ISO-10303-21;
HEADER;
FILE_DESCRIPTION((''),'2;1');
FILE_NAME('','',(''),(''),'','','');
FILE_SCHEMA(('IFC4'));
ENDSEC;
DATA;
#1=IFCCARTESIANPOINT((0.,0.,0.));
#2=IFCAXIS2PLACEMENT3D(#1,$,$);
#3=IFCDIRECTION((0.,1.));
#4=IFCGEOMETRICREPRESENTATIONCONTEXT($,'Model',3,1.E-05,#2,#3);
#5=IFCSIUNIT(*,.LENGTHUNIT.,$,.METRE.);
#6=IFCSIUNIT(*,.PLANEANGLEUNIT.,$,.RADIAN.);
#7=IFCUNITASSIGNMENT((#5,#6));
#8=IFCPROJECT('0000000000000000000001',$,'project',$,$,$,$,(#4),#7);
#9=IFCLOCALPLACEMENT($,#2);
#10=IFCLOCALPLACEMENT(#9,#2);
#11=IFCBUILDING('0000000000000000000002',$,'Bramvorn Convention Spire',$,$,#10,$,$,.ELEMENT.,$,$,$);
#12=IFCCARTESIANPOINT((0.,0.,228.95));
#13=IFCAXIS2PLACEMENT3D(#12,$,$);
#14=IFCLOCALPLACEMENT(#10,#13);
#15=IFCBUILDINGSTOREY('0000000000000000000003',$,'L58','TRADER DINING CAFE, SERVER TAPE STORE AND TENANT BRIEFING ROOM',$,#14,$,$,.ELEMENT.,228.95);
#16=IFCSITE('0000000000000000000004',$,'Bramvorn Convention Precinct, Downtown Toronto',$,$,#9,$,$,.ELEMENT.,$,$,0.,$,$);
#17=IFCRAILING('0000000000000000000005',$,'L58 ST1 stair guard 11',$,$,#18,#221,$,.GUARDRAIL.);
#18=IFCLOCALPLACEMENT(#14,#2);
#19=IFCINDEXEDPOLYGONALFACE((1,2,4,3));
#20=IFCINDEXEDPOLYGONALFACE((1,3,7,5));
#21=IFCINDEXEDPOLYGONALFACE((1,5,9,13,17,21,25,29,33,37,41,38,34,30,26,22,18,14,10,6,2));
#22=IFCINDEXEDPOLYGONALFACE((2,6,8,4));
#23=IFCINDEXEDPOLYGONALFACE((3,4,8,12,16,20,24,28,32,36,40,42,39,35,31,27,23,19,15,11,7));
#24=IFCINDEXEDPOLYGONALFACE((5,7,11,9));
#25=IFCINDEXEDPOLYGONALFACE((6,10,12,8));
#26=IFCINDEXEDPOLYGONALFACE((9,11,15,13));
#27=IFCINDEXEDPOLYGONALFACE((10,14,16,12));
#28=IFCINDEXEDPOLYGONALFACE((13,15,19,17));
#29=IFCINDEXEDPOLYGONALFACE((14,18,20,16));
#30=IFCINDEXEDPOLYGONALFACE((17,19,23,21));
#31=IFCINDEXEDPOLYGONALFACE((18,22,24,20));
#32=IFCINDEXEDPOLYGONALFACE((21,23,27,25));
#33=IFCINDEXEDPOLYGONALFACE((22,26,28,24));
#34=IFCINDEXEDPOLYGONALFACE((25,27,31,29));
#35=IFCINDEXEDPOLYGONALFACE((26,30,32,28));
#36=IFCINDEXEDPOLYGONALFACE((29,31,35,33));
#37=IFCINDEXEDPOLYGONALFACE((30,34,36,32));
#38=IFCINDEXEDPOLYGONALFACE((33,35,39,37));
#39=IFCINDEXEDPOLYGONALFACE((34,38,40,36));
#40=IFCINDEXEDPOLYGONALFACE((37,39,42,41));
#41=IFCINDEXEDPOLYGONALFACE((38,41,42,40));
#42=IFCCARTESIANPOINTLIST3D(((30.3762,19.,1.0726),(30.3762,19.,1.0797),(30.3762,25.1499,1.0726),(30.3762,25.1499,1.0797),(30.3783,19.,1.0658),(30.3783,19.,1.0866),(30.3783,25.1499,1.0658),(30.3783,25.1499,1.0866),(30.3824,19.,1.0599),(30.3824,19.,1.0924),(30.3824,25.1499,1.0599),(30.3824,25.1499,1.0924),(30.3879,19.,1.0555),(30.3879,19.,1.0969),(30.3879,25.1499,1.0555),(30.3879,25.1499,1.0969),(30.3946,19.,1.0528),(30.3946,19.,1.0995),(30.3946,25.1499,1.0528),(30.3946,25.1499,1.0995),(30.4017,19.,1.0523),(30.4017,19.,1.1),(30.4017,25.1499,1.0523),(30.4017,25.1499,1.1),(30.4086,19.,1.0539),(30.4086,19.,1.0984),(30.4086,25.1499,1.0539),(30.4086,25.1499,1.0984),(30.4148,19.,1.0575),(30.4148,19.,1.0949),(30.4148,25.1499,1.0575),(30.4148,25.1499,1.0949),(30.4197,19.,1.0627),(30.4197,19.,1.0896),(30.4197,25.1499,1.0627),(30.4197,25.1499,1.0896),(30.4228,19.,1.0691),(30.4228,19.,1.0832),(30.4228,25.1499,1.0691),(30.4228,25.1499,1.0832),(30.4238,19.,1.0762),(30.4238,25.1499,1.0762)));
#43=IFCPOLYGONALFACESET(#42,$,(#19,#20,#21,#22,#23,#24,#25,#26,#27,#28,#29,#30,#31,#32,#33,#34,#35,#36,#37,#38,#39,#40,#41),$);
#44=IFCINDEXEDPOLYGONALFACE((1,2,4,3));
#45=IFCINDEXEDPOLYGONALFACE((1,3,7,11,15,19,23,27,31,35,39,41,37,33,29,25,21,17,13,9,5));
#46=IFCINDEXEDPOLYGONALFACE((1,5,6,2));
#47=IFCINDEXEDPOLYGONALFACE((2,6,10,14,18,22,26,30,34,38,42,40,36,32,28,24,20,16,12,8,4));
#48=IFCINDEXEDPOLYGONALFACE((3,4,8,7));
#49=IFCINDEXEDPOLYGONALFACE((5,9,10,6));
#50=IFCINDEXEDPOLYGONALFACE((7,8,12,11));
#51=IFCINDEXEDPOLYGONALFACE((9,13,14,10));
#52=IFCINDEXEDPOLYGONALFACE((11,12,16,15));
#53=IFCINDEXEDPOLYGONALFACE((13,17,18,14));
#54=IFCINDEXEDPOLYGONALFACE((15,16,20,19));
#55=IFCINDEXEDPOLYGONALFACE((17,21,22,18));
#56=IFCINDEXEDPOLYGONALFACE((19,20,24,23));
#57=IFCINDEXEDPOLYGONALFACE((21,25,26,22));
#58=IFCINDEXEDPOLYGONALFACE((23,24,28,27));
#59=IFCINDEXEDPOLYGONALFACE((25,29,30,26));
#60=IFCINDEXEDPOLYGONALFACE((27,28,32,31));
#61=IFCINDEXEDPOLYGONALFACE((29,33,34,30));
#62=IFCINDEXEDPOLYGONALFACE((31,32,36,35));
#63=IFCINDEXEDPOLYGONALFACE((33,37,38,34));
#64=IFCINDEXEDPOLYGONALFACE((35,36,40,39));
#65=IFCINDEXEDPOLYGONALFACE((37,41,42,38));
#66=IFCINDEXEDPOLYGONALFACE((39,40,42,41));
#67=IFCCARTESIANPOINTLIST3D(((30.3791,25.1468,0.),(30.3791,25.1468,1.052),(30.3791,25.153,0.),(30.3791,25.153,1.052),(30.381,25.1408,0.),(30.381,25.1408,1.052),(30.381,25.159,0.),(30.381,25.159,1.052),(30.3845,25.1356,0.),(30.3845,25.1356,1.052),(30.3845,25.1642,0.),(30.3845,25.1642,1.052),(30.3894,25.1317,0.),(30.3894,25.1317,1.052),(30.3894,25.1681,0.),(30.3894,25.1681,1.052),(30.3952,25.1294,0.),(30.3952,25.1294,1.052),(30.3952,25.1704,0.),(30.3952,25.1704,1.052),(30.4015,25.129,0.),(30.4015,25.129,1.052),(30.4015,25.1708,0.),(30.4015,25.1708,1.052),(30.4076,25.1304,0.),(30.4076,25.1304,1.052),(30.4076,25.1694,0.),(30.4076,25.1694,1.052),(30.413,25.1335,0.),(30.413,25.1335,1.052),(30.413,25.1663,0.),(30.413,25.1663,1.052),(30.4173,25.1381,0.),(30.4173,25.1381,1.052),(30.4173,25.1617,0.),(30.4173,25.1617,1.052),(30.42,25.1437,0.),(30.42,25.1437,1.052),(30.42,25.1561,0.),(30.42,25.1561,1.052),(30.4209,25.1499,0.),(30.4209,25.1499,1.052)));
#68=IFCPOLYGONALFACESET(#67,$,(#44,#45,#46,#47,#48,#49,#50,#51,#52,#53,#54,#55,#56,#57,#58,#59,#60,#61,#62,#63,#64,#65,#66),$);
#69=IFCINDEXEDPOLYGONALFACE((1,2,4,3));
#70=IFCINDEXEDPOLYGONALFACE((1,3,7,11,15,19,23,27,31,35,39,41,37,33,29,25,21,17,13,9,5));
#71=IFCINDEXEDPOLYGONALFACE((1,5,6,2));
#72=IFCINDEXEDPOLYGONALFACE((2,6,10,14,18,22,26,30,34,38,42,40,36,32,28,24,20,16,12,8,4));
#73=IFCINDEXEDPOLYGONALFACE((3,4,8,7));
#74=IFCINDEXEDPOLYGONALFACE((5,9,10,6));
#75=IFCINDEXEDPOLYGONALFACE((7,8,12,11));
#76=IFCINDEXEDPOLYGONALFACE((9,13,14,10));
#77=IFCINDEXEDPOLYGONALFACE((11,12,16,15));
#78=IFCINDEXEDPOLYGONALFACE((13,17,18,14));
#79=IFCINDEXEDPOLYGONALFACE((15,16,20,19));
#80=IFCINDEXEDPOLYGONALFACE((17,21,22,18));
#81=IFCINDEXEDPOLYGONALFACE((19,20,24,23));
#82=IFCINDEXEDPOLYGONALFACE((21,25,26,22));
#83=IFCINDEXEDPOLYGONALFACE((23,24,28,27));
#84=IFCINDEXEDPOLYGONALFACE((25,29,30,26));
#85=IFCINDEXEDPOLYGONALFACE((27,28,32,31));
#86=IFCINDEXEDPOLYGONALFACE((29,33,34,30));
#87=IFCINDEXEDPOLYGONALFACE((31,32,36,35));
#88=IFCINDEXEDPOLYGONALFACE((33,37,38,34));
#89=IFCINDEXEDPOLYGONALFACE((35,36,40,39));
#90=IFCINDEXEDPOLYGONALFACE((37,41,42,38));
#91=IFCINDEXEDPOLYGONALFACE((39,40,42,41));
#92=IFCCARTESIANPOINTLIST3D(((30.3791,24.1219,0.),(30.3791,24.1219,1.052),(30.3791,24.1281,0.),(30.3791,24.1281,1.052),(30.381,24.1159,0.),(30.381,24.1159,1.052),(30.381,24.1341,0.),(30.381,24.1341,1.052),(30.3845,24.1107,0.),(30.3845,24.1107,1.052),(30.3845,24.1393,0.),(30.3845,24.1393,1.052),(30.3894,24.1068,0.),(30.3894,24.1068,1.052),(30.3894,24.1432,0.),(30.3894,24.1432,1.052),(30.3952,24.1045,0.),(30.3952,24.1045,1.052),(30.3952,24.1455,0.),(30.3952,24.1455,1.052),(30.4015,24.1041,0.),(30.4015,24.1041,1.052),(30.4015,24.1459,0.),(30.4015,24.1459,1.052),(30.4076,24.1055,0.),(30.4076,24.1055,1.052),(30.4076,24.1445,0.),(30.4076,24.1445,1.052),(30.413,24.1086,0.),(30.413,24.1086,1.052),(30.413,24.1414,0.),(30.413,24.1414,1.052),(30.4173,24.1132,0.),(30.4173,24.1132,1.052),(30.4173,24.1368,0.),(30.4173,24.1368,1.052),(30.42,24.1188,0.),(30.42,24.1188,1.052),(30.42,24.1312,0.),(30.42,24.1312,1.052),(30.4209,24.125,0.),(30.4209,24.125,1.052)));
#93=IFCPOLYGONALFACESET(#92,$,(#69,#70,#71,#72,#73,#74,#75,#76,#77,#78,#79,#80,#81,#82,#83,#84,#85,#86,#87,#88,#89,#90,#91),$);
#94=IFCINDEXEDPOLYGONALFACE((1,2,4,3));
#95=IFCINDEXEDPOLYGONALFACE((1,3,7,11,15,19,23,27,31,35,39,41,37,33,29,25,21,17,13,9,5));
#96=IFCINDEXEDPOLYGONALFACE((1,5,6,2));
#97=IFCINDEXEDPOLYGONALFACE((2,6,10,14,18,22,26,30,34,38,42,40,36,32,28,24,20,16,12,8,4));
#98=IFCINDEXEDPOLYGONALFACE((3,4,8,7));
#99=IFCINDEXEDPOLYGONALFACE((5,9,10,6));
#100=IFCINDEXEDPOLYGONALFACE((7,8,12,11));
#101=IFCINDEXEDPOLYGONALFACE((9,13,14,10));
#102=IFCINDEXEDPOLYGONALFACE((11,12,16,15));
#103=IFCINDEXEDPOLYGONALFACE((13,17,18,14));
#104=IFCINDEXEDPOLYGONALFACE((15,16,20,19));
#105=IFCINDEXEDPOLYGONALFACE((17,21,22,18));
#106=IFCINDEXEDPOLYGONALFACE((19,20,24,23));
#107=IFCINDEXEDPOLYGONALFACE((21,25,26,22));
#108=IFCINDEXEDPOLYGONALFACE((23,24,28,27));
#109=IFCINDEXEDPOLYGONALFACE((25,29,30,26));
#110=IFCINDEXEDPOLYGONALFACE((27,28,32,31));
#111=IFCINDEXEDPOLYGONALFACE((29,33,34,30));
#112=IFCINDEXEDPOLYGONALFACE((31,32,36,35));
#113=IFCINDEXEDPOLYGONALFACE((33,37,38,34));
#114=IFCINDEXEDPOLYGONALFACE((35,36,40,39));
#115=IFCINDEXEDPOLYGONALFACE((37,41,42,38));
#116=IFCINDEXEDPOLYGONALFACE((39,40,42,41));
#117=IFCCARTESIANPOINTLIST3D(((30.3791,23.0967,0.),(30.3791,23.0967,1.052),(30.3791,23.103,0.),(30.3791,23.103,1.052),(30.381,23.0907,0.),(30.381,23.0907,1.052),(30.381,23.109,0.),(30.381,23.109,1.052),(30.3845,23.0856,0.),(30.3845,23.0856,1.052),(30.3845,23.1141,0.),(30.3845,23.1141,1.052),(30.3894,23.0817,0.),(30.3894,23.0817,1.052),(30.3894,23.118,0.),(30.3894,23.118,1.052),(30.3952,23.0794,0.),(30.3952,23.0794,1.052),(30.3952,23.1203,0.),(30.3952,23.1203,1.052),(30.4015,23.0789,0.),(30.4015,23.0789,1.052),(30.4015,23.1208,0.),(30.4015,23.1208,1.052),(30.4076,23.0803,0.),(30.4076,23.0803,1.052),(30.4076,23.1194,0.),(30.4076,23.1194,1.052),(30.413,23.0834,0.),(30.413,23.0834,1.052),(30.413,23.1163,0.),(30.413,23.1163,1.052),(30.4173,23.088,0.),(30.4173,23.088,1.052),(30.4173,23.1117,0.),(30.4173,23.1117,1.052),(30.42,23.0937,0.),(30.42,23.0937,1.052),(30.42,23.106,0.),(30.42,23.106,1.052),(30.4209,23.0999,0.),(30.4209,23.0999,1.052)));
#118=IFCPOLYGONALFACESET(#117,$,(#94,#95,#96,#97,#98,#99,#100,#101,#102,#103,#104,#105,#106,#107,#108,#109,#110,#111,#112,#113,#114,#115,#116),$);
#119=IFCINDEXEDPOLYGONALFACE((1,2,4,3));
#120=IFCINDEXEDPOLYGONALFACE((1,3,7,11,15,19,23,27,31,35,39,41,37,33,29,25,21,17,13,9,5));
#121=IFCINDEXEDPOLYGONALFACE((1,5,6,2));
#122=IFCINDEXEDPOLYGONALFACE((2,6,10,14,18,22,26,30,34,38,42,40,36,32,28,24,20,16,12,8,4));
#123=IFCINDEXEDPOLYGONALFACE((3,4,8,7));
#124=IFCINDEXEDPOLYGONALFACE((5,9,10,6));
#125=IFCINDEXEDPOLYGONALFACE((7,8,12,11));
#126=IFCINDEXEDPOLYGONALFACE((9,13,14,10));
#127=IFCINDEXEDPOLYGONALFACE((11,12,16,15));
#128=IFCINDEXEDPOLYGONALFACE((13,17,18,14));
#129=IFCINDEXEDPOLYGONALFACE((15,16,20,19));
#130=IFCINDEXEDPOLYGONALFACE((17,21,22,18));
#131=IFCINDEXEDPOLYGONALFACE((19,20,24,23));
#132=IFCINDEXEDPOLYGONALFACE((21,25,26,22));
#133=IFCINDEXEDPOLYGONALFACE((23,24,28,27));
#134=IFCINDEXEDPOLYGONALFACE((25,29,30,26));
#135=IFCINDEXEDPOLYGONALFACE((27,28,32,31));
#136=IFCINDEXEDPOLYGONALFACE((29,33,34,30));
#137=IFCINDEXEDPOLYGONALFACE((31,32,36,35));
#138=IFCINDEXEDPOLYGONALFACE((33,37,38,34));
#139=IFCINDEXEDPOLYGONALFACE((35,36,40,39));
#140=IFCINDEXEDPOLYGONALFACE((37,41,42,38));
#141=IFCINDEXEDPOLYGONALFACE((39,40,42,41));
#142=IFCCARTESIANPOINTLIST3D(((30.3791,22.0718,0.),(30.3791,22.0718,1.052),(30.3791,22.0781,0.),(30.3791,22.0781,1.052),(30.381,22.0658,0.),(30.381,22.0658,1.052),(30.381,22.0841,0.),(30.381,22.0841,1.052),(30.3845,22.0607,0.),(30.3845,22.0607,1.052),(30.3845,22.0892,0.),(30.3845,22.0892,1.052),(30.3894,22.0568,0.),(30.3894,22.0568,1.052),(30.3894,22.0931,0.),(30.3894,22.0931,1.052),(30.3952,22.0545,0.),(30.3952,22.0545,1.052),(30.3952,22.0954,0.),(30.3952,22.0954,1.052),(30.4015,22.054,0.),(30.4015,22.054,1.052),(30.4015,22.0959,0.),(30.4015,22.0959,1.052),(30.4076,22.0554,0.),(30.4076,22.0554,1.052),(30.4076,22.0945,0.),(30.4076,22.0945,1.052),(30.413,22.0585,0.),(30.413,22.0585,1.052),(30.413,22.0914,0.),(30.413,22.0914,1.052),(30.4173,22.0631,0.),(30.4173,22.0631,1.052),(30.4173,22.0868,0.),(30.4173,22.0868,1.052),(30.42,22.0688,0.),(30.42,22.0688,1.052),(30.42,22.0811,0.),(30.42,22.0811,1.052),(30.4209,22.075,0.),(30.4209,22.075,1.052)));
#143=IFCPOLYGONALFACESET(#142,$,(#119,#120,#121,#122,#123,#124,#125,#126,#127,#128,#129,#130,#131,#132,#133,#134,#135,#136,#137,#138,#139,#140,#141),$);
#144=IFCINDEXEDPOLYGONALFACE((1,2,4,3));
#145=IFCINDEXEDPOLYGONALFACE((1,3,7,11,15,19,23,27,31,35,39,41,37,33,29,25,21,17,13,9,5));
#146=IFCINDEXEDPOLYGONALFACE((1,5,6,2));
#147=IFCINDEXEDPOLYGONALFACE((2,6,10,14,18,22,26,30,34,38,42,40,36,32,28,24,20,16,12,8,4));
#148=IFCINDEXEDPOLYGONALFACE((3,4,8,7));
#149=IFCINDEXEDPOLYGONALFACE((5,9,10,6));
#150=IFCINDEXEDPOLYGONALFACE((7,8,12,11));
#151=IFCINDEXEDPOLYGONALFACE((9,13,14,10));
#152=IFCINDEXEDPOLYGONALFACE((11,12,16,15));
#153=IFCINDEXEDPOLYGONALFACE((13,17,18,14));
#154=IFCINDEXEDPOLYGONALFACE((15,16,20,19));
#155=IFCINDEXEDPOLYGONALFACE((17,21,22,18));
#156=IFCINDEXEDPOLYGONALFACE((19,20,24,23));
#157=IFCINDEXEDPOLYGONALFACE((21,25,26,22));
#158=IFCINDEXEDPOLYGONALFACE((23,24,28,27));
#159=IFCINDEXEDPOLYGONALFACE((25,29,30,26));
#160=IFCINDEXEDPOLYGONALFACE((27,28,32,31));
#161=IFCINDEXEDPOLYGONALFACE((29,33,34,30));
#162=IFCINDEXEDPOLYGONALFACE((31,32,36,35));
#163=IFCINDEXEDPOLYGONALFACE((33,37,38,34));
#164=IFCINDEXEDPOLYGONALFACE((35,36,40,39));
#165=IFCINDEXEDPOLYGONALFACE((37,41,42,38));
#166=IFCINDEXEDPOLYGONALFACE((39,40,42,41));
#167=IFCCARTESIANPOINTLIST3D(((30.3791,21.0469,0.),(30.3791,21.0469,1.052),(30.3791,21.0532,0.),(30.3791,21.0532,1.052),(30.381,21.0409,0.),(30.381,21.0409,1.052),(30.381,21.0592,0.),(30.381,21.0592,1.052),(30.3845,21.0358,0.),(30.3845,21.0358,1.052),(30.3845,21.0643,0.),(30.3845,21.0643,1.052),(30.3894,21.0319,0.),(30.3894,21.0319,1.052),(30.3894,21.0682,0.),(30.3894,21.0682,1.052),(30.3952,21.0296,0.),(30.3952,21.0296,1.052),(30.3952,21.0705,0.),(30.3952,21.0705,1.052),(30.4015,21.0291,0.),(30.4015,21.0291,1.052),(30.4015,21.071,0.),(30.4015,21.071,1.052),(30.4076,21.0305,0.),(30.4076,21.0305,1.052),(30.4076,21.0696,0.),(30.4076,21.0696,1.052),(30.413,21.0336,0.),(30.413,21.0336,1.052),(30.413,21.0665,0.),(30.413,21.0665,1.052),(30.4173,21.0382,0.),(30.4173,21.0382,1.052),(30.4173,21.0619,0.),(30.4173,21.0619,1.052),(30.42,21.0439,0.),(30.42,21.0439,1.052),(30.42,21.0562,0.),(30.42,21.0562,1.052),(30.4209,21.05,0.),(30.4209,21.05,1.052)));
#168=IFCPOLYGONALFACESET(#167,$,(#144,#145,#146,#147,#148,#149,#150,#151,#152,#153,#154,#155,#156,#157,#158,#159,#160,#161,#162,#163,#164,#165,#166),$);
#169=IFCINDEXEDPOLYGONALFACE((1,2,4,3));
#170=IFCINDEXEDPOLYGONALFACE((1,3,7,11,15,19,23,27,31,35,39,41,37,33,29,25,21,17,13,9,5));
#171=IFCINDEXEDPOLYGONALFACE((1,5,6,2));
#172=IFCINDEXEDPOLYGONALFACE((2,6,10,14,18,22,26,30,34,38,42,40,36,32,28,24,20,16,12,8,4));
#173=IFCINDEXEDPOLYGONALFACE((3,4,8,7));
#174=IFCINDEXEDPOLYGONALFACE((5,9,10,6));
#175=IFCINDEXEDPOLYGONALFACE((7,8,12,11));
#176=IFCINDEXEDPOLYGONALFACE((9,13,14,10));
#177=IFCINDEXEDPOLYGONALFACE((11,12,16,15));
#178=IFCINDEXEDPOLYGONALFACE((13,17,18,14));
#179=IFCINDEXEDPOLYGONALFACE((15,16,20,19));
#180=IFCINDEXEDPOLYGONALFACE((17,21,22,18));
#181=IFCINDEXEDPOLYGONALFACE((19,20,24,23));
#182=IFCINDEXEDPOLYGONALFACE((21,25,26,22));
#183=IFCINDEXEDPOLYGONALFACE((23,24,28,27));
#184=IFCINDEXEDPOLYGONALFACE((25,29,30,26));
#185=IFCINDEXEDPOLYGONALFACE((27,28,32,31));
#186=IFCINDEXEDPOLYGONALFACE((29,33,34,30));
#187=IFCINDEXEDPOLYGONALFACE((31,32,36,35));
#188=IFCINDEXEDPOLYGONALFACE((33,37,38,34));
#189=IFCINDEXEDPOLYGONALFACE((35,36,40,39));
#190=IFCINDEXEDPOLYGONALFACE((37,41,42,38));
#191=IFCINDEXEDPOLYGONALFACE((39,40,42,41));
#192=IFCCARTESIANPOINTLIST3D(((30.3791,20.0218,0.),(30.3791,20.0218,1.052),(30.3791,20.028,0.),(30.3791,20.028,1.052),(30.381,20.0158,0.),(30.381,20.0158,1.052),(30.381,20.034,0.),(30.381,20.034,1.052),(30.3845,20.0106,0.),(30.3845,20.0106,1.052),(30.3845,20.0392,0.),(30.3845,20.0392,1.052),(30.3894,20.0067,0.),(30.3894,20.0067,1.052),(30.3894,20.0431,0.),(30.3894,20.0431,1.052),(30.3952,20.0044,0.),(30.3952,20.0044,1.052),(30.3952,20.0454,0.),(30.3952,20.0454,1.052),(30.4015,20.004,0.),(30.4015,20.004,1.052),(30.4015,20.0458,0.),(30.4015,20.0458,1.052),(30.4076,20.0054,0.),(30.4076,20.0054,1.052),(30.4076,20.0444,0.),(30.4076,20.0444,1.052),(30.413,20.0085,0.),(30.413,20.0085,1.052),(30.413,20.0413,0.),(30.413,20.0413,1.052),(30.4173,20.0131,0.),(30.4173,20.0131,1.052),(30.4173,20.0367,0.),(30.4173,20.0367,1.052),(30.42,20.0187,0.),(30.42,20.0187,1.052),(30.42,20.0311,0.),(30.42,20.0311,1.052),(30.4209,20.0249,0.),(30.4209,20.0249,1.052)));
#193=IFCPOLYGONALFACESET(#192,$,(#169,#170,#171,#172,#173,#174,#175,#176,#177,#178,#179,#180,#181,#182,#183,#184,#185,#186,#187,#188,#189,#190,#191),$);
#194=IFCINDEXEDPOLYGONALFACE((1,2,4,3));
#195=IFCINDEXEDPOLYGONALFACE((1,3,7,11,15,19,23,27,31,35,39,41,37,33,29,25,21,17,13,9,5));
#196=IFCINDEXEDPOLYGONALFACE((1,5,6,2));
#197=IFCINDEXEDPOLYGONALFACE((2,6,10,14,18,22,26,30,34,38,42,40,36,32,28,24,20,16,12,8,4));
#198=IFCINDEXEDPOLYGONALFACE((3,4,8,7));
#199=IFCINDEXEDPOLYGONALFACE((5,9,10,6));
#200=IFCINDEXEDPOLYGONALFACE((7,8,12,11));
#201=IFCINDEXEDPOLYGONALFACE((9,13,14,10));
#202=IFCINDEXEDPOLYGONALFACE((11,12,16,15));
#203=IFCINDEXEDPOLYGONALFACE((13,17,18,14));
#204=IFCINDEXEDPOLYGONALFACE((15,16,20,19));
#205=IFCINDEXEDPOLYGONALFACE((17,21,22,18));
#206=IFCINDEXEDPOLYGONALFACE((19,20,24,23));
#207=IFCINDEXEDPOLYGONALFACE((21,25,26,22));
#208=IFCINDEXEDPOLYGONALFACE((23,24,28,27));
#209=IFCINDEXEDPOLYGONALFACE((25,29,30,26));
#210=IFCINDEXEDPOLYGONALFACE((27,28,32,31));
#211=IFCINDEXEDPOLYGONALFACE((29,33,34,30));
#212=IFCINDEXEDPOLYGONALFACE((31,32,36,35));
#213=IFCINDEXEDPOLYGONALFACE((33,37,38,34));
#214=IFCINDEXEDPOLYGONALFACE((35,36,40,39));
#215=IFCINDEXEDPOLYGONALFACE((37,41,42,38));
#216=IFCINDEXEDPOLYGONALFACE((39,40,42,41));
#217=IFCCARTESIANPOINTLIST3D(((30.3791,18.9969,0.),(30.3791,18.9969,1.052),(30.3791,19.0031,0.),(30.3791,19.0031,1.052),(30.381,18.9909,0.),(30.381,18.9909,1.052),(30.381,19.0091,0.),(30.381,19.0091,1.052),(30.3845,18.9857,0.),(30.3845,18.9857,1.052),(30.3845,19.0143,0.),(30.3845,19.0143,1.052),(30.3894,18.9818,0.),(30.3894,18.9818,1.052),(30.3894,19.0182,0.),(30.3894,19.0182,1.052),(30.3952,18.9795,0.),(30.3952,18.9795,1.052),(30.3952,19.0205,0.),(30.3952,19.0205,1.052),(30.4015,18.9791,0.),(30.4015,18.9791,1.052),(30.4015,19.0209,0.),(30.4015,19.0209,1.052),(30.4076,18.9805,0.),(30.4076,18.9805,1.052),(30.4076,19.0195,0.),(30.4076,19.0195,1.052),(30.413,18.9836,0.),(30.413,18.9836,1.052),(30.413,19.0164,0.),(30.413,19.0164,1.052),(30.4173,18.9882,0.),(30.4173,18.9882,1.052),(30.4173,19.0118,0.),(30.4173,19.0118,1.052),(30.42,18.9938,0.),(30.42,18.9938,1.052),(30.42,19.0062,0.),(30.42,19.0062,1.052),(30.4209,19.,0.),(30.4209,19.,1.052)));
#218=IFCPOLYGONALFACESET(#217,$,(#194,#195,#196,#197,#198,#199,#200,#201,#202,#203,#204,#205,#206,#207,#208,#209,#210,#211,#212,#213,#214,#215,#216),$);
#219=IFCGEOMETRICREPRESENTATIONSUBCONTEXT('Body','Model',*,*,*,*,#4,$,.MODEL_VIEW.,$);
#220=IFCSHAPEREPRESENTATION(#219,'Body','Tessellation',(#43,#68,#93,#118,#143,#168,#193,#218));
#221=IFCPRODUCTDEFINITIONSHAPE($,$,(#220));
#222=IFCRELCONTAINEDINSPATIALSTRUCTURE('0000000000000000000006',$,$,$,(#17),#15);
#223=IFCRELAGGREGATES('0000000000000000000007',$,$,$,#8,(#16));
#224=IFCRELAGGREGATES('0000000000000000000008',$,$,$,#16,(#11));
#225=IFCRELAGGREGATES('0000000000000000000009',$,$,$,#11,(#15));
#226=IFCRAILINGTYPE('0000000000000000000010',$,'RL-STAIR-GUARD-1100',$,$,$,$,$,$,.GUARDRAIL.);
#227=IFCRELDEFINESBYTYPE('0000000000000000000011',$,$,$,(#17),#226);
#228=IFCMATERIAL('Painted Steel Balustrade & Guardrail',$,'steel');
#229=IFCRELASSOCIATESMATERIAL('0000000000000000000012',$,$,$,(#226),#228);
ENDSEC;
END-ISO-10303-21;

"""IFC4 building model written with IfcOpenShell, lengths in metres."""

from ifc_helpers import new_model, si_unit, direction, frame, origin, origin_2d, place, context, subcontext, project, spatial, circle, extrude, material, type_object, element, save


model = new_model("IFC4")

# Units and contexts
model_context = context("Model", 3, precision=1e-05, world=origin(), true_north=direction((0.0, 1.0)))
body_context = subcontext(model_context, "Body", "Model", "MODEL_VIEW")
ifc_project = project(units=[si_unit("LENGTHUNIT", "METRE"), si_unit("PLANEANGLEUNIT", "RADIAN")], contexts=[model_context])

# Site, building, storey
site_placement = place(None, origin())
site = spatial("IfcSite", under=ifc_project, at=site_placement, Name="Bramvorn Convention Precinct, Downtown Toronto", CompositionType="ELEMENT", RefElevation=0.0)
building_placement = place(site_placement, origin())
building = spatial("IfcBuilding", under=site, at=building_placement, Name="Bramvorn Convention Spire", CompositionType="ELEMENT")
storey_placement = place(building_placement, frame((0.0, 0.0, 228.95)))
storey = spatial("IfcBuildingStorey", under=building, at=storey_placement, Name="L58", Description="TRADER DINING CAFE, SERVER TAPE STORE AND TENANT BRIEFING ROOM", CompositionType="ELEMENT", Elevation=228.95)

# Railing
ifc_material_1 = material(Name="Painted Steel Balustrade & Guardrail", Category="steel")
railing_type = type_object("IfcRailingType", Name="RL-STAIR-GUARD-1100", PredefinedType="GUARDRAIL", material=ifc_material_1)
railing_1_placement = place(storey_placement, frame((30.3999, 25.1499, 0.0)))
element("IfcRailing", 1, at=railing_1_placement, inside=storey, type_object=railing_type, Name="L58 ST1 stair guard 11", PredefinedType="GUARDRAIL", context=body_context, shape_type="SweptSolid", body=[
    extrude(circle(Radius=0.0239, at=origin_2d()), frame((0.0, 0.0, 1.0762), z_axis=(0.0, -1.0, 0.0), x_axis=(1.0, 0.0, 0.0)), (0.0, 0.0, 1.0), 6.1499),
    extrude(circle(Radius=0.021, at=origin_2d()), origin(), (0.0, 0.0, 1.0), 1.052),
    extrude(circle(Radius=0.021, at=origin_2d()), frame((0.0, -1.0249, 0.0)), (0.0, 0.0, 1.0), 1.052),
    extrude(circle(Radius=0.021, at=origin_2d()), frame((0.0, -2.05, 0.0)), (0.0, 0.0, 1.0), 1.052),
    extrude(circle(Radius=0.021, at=origin_2d()), frame((0.0, -3.075, 0.0)), (0.0, 0.0, 1.0), 1.052),
    extrude(circle(Radius=0.021, at=origin_2d()), frame((0.0, -4.0999, 0.0)), (0.0, 0.0, 1.0), 1.052),
    extrude(circle(Radius=0.021, at=origin_2d()), frame((0.0, -5.125, 0.0)), (0.0, 0.0, 1.0), 1.052),
    extrude(circle(Radius=0.021, at=origin_2d()), frame((0.0, -6.1499, 0.0)), (0.0, 0.0, 1.0), 1.052),
])

save(model, "model.ifc")
